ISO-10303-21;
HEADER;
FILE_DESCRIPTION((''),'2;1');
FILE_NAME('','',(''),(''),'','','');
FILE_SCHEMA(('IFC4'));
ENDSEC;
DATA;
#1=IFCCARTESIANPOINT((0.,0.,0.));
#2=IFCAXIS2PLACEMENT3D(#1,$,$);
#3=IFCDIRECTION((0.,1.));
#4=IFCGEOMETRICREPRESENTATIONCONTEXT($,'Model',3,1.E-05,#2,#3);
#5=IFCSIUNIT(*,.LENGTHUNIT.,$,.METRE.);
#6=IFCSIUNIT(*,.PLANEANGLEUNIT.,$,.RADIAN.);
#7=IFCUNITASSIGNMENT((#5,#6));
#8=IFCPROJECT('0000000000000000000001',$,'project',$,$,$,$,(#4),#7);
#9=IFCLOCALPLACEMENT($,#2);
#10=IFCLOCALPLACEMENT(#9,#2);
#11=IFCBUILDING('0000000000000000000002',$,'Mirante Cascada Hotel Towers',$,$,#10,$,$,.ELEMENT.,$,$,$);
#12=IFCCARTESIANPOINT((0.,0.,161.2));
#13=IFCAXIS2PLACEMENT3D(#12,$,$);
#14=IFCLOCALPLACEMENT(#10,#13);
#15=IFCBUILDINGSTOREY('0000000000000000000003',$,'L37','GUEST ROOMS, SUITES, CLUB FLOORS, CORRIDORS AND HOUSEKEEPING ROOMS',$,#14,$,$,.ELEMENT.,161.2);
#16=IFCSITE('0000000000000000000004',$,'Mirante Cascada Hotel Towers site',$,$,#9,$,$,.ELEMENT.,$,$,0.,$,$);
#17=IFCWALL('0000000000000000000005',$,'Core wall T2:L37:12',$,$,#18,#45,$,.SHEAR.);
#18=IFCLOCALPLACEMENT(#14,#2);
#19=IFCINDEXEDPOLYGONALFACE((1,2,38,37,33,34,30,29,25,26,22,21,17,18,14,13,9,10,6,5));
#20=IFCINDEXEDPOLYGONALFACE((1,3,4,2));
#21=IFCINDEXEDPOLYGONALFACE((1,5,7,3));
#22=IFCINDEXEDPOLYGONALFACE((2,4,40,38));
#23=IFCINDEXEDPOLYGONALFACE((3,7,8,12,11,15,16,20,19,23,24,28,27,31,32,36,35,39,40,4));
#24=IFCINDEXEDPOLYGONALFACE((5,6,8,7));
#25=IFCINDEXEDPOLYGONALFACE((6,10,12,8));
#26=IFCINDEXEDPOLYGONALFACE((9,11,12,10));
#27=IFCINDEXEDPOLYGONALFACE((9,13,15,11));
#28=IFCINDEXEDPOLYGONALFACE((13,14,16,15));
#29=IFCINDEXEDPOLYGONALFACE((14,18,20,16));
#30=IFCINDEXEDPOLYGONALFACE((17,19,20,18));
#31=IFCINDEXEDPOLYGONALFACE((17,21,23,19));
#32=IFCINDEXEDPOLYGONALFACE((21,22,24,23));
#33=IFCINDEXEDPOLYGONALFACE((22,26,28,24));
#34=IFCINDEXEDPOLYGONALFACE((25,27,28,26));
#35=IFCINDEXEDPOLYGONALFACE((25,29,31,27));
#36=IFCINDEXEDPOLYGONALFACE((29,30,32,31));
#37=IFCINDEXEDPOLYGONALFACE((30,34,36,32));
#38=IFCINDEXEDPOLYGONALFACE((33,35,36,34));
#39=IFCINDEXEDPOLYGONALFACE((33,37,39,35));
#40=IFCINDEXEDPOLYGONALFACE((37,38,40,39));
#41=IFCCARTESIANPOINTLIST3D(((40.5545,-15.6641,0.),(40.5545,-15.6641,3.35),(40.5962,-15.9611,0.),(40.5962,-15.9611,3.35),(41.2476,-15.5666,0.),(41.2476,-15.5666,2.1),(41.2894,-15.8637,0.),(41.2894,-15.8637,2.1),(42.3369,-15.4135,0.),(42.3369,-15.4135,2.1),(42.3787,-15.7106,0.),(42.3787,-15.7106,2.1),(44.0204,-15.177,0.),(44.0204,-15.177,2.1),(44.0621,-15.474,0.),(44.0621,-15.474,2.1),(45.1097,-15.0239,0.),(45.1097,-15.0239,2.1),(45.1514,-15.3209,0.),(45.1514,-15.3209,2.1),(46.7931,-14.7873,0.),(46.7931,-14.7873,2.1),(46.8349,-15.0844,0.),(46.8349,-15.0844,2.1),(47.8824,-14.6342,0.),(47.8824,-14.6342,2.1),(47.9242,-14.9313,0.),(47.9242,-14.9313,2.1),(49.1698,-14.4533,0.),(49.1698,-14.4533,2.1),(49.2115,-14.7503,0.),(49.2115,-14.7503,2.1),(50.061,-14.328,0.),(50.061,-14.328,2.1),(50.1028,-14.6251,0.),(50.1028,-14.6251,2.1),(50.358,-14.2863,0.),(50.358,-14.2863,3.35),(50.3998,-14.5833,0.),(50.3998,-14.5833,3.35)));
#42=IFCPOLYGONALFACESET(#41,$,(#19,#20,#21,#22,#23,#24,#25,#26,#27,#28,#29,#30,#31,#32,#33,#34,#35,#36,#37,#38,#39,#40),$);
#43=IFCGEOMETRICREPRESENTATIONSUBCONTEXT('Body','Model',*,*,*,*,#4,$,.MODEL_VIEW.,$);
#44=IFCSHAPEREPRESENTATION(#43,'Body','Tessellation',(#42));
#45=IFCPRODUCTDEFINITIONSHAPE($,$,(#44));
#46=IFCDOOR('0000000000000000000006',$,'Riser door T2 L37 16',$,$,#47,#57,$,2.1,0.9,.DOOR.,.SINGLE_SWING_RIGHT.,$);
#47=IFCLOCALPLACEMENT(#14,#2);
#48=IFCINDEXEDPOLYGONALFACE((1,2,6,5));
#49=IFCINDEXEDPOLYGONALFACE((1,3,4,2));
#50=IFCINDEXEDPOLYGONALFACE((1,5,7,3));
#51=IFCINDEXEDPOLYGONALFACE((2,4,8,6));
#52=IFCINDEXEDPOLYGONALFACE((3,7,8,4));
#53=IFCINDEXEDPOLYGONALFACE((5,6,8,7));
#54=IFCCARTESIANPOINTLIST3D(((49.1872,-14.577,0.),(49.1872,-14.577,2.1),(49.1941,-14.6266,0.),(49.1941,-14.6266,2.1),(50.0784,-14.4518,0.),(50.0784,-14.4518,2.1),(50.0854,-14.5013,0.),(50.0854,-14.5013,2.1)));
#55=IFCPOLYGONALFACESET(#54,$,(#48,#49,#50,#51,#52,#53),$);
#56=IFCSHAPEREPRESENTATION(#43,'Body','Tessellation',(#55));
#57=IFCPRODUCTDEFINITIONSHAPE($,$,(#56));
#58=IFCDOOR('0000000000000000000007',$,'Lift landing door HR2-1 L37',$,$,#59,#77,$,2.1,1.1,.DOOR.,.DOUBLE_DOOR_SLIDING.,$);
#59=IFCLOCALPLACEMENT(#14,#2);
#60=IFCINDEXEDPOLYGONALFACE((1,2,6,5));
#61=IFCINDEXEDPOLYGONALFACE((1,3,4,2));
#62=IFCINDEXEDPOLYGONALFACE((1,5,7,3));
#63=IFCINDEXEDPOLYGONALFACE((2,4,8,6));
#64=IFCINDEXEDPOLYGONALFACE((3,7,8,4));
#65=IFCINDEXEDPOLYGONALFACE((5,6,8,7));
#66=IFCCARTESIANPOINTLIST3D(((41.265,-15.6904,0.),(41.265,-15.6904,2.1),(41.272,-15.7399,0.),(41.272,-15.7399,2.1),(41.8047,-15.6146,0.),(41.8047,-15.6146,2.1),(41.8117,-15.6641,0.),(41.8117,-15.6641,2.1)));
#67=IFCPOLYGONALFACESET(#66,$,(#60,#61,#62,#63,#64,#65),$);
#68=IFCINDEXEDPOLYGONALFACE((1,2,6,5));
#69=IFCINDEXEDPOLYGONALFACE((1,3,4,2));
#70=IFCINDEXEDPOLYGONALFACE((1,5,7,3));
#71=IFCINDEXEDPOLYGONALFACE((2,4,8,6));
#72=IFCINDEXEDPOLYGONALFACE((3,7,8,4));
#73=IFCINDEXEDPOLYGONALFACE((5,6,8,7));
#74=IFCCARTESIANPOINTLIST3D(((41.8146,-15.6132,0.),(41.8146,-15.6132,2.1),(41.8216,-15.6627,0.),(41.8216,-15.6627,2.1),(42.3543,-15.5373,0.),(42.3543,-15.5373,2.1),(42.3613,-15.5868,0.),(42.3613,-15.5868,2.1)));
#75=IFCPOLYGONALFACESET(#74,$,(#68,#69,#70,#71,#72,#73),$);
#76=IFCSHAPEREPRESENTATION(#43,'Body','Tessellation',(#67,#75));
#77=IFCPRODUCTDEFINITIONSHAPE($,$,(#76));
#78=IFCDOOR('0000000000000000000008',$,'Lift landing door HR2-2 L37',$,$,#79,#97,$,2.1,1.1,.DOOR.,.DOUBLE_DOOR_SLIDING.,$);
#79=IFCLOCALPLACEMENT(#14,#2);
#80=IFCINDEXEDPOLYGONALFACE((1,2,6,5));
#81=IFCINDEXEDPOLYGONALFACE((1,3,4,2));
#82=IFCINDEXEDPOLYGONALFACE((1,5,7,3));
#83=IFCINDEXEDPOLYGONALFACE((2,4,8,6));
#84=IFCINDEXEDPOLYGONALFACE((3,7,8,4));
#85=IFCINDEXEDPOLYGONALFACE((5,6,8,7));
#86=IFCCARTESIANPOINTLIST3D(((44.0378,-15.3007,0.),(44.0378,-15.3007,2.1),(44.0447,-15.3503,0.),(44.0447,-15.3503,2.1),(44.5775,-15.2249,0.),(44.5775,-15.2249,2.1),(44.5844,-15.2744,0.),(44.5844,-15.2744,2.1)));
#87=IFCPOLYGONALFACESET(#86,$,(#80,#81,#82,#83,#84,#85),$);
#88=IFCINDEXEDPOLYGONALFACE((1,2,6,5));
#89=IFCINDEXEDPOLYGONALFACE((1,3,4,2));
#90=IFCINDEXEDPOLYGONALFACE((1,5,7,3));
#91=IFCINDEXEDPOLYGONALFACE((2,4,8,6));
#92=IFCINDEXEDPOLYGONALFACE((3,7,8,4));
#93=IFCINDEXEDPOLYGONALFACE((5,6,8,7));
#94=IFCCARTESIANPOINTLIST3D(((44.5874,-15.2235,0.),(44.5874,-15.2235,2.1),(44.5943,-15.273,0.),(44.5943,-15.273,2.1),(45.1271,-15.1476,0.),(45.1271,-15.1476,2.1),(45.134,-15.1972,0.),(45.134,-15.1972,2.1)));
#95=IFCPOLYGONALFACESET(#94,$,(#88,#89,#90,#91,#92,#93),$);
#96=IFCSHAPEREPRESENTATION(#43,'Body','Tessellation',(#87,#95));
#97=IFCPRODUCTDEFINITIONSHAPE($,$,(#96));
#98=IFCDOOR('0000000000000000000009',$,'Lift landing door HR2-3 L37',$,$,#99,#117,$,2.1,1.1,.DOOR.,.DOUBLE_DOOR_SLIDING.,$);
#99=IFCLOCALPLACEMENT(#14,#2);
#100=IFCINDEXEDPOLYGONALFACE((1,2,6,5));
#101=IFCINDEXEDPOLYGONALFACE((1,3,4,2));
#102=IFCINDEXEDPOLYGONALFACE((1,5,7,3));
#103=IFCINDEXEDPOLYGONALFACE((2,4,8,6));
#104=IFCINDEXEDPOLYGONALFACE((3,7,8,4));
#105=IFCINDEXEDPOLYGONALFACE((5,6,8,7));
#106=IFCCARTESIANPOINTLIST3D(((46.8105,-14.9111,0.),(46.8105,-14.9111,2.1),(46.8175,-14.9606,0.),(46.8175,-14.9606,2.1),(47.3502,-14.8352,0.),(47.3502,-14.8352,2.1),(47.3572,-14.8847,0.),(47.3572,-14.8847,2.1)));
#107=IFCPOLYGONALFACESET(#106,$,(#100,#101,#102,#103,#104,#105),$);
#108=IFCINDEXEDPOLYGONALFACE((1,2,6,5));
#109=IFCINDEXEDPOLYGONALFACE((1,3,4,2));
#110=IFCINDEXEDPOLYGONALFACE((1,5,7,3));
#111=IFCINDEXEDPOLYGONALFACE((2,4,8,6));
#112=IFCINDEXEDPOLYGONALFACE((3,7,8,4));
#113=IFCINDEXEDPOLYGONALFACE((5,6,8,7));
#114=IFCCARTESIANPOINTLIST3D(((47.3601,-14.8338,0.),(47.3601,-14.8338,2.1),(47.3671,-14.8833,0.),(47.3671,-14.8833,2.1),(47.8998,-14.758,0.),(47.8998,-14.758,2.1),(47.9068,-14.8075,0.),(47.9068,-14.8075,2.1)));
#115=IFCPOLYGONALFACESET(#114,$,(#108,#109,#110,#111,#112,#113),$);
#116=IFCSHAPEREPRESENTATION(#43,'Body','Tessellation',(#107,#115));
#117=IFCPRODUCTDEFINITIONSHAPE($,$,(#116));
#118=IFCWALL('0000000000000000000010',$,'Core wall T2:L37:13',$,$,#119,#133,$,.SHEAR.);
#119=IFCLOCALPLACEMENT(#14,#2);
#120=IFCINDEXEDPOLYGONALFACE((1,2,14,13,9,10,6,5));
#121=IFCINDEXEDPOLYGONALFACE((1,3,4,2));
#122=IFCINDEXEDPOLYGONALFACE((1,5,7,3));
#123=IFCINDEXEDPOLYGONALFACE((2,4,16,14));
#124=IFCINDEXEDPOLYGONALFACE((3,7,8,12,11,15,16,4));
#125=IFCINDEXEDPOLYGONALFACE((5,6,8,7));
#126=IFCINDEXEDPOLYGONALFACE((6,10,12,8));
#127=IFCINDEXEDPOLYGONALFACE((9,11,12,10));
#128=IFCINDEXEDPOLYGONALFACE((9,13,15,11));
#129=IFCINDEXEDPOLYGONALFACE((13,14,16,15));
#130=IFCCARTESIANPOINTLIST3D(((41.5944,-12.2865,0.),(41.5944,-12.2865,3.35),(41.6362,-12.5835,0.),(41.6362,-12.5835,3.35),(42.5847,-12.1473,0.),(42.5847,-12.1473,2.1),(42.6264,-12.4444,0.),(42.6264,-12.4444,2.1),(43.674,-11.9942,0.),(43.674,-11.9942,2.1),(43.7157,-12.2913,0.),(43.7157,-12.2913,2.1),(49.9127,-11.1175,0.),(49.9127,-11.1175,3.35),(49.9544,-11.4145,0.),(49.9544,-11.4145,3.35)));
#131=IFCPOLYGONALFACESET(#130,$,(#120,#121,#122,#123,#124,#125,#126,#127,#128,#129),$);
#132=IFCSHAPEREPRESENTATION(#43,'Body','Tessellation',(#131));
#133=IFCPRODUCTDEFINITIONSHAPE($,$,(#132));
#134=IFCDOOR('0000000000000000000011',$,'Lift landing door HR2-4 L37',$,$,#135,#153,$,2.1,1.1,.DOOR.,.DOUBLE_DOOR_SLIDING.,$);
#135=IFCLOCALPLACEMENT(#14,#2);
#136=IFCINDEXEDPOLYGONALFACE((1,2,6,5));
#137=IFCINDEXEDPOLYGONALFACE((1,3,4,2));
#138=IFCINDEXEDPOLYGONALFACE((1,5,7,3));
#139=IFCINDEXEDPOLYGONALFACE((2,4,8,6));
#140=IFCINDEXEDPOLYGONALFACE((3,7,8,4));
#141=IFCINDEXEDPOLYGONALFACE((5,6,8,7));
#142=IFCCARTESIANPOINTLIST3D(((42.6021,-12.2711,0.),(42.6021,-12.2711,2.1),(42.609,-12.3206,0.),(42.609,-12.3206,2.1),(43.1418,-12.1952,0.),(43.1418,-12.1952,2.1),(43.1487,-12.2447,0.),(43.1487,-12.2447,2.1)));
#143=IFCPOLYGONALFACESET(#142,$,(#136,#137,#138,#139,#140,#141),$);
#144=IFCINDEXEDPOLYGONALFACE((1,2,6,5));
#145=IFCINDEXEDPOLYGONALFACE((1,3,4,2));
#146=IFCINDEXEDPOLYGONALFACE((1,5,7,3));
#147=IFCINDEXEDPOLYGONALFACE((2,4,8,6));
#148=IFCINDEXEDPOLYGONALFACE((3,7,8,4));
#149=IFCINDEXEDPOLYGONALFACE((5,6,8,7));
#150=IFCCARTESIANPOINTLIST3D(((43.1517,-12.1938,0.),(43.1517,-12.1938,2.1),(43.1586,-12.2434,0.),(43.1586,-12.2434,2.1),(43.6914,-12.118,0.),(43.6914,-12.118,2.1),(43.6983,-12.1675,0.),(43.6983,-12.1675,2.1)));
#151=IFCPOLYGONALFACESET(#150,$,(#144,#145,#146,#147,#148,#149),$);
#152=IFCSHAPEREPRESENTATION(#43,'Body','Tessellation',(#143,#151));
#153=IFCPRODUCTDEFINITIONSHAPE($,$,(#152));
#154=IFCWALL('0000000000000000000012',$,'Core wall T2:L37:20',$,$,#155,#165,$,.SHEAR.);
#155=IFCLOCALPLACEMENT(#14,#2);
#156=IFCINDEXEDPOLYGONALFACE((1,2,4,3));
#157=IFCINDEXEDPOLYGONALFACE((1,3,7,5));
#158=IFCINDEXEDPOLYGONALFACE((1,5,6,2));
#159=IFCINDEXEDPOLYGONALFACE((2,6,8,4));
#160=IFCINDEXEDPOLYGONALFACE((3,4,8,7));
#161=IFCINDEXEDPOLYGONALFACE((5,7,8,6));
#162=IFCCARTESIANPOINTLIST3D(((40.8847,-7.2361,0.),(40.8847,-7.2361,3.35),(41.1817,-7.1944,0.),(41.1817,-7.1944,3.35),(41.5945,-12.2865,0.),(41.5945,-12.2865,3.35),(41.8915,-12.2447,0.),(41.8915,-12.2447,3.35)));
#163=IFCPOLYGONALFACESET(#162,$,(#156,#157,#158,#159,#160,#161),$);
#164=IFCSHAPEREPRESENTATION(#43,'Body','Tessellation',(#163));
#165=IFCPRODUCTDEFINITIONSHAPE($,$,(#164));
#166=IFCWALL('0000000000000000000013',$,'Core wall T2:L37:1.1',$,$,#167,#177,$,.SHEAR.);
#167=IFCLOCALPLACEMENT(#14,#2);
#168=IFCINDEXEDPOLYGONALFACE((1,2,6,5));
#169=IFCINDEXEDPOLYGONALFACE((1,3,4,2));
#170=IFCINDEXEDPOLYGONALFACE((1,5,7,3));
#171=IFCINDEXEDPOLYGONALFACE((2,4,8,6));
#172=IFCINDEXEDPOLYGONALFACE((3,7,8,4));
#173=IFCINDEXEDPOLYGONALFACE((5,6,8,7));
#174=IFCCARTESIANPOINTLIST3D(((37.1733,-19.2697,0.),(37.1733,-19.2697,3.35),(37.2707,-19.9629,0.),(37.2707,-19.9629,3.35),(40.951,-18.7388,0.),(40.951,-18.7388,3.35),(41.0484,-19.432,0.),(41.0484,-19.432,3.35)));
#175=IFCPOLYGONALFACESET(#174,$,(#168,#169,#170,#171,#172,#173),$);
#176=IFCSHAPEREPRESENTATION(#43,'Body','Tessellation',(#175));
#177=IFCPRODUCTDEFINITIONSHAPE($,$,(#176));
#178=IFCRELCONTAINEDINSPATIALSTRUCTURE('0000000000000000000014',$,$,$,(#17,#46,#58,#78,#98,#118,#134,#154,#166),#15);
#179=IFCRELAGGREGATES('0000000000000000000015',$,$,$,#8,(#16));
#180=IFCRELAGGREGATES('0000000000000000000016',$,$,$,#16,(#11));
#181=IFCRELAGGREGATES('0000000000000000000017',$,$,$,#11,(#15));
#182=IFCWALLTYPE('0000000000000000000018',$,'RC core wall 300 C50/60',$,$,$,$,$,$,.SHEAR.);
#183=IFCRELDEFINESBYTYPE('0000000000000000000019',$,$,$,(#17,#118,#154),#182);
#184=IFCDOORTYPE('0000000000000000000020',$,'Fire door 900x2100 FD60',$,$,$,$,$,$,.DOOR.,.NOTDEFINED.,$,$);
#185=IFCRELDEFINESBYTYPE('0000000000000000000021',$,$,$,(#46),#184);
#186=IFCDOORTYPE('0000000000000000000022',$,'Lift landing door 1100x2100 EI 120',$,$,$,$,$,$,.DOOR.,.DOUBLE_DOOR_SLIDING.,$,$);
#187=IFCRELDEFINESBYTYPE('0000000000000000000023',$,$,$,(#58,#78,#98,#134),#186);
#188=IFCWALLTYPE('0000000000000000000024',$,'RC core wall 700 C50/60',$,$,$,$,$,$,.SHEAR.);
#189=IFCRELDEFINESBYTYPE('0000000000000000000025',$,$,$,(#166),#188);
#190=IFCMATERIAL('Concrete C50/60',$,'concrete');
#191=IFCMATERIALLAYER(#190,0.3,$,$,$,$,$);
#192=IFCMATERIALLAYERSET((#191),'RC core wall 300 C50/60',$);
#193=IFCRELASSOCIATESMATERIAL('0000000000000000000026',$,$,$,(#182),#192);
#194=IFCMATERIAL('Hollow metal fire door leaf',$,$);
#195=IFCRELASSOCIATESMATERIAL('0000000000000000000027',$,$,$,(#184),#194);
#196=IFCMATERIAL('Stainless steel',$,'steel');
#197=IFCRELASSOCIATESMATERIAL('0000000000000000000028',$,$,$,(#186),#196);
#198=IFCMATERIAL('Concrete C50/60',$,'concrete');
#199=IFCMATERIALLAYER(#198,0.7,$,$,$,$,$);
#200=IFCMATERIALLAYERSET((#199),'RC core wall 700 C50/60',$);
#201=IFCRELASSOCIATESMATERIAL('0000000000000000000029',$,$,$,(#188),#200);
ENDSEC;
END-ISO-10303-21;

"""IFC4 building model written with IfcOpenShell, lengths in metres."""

from ifc_helpers import new_model, si_unit, direction, frame, frame_2d, origin, place, context, subcontext, project, spatial, rectangle, extrude, material, layer, layer_set, type_object, element, fill, save


model = new_model("IFC4")

# Units and contexts
model_context = context("Model", 3, precision=1e-05, world=origin(), true_north=direction((0.0, 1.0)))
body_context = subcontext(model_context, "Body", "Model", "MODEL_VIEW")
ifc_project = project(units=[si_unit("LENGTHUNIT", "METRE"), si_unit("PLANEANGLEUNIT", "RADIAN")], contexts=[model_context])

# Site, building, storey
site_placement = place(None, origin())
site = spatial("IfcSite", under=ifc_project, at=site_placement, Name="Mirante Cascada Hotel Towers site", CompositionType="ELEMENT", RefElevation=0.0)
building_placement = place(site_placement, origin())
building = spatial("IfcBuilding", under=site, at=building_placement, Name="Mirante Cascada Hotel Towers", CompositionType="ELEMENT")
storey_placement = place(building_placement, frame((0.0, 0.0, 161.2)))
storey = spatial("IfcBuildingStorey", under=building, at=storey_placement, Name="L37", Description="GUEST ROOMS, SUITES, CLUB FLOORS, CORRIDORS AND HOUSEKEEPING ROOMS", CompositionType="ELEMENT", Elevation=161.2)

# Shared definitions
ifc_material_1 = material(Name="Concrete C50/60", Category="concrete")
ifc_layer_1 = layer(ifc_material_1, 0.3)
ifc_layer_set_1 = layer_set([ifc_layer_1], Name="RC core wall 300 C50/60")
wall_type_1 = type_object("IfcWallType", Name="RC core wall 300 C50/60", PredefinedType="SHEAR", material=ifc_layer_set_1)

# Wall, openings, doors
wall_1_placement = place(storey_placement, frame((40.5753, -15.8126, 0.0), z_axis=(0.0, 0.0, 1.0), x_axis=(0.990268, 0.139173, 0.0)))
wall_1 = element("IfcWall", 1, at=wall_1_placement, inside=storey, type_object=wall_type_1, Name="Core wall T2:L37:12", PredefinedType="SHEAR", context=body_context, shape_type="SweptSolid", body=[
    extrude(rectangle(XDim=9.8999, YDim=0.3, at=frame_2d((4.95, 0.0))), origin(), (0.0, 0.0, 1.0), 3.35),
])
opening_1_placement = place(wall_1_placement, frame((0.7, 0.0, 0.0)))
opening_1 = element("IfcOpeningElement", 2, at=opening_1_placement, cuts=wall_1, PredefinedType="OPENING", context=body_context, shape_type="SweptSolid", body=[
    extrude(rectangle(XDim=1.1, YDim=2.1, at=frame_2d((0.55, 1.05))), frame((0.0, 0.15, 0.0), z_axis=(0.0, -1.0, 0.0), x_axis=(1.0, 0.0, 0.0)), (0.0, 0.0, 1.0), 0.3),
])
opening_2_placement = place(wall_1_placement, frame((3.5, 0.0, 0.0)))
opening_2 = element("IfcOpeningElement", 3, at=opening_2_placement, cuts=wall_1, PredefinedType="OPENING", context=body_context, shape_type="SweptSolid", body=[
    extrude(rectangle(XDim=1.1, YDim=2.1, at=frame_2d((0.55, 1.05))), frame((0.0, 0.15, 0.0), z_axis=(0.0, -1.0, 0.0), x_axis=(1.0, 0.0, 0.0)), (0.0, 0.0, 1.0), 0.3),
])
opening_3_placement = place(wall_1_placement, frame((6.3, 0.0, 0.0)))
opening_3 = element("IfcOpeningElement", 4, at=opening_3_placement, cuts=wall_1, PredefinedType="OPENING", context=body_context, shape_type="SweptSolid", body=[
    extrude(rectangle(XDim=1.1, YDim=2.1, at=frame_2d((0.55, 1.05))), frame((0.0, 0.15, 0.0), z_axis=(0.0, -1.0, 0.0), x_axis=(1.0, 0.0, 0.0)), (0.0, 0.0, 1.0), 0.3),
])
opening_4_placement = place(wall_1_placement, frame((8.7, 0.0, 0.0)))
opening_4 = element("IfcOpeningElement", 5, at=opening_4_placement, cuts=wall_1, PredefinedType="OPENING", context=body_context, shape_type="SweptSolid", body=[
    extrude(rectangle(XDim=0.9, YDim=2.1, at=frame_2d((0.45, 1.05))), frame((0.0, 0.15, 0.0), z_axis=(0.0, -1.0, 0.0), x_axis=(1.0, 0.0, 0.0)), (0.0, 0.0, 1.0), 0.3),
])
ifc_material_2 = material(Name="Hollow metal fire door leaf")
door_type_1 = type_object("IfcDoorType", Name="Fire door 900x2100 FD60", OperationType="NOTDEFINED", PredefinedType="DOOR", material=ifc_material_2)
door_1_placement = place(opening_4_placement, frame((0.9, 0.0, 0.0), z_axis=(0.0, 0.0, 1.0), x_axis=(-1.0, 0.0, 0.0)))
door_1 = element("IfcDoor", 6, at=door_1_placement, inside=storey, type_object=door_type_1, Name="Riser door T2 L37 16", OperationType="SINGLE_SWING_RIGHT", OverallHeight=2.1, OverallWidth=0.9, PredefinedType="DOOR", context=body_context, shape_type="SweptSolid", body=[
    extrude(rectangle(XDim=0.9, YDim=2.1, at=frame_2d((0.45, 1.05))), frame((0.0, 0.025, 0.0), z_axis=(0.0, -1.0, 0.0), x_axis=(1.0, 0.0, 0.0)), (0.0, 0.0, 1.0), 0.05),
])
fill(opening_4, door_1)
ifc_material_3 = material(Name="Stainless steel", Category="steel")
door_type_2 = type_object("IfcDoorType", Name="Lift landing door 1100x2100 EI 120", OperationType="DOUBLE_DOOR_SLIDING", PredefinedType="DOOR", material=ifc_material_3)
door_2_placement = place(opening_1_placement, origin())
door_2 = element("IfcDoor", 7, at=door_2_placement, inside=storey, type_object=door_type_2, Name="Lift landing door HR2-1 L37", OperationType="DOUBLE_DOOR_SLIDING", OverallHeight=2.1, OverallWidth=1.1, PredefinedType="DOOR", context=body_context, shape_type="SweptSolid", body=[
    extrude(rectangle(XDim=0.545, YDim=2.1, at=frame_2d((0.2725, 1.05))), frame((0.0, 0.025, 0.0), z_axis=(0.0, -1.0, 0.0), x_axis=(1.0, 0.0, 0.0)), (0.0, 0.0, 1.0), 0.05),
    extrude(rectangle(XDim=0.545, YDim=2.1, at=frame_2d((0.8275, 1.05))), frame((0.0, 0.025, 0.0), z_axis=(0.0, -1.0, 0.0), x_axis=(1.0, 0.0, 0.0)), (0.0, 0.0, 1.0), 0.05),
])
fill(opening_1, door_2)
door_3_placement = place(opening_2_placement, origin())
door_3 = element("IfcDoor", 8, at=door_3_placement, inside=storey, type_object=door_type_2, Name="Lift landing door HR2-2 L37", OperationType="DOUBLE_DOOR_SLIDING", OverallHeight=2.1, OverallWidth=1.1, PredefinedType="DOOR", context=body_context, shape_type="SweptSolid", body=[
    extrude(rectangle(XDim=0.545, YDim=2.1, at=frame_2d((0.2725, 1.05))), frame((0.0, 0.025, 0.0), z_axis=(0.0, -1.0, 0.0), x_axis=(1.0, 0.0, 0.0)), (0.0, 0.0, 1.0), 0.05),
    extrude(rectangle(XDim=0.545, YDim=2.1, at=frame_2d((0.8275, 1.05))), frame((0.0, 0.025, 0.0), z_axis=(0.0, -1.0, 0.0), x_axis=(1.0, 0.0, 0.0)), (0.0, 0.0, 1.0), 0.05),
])
fill(opening_2, door_3)
door_4_placement = place(opening_3_placement, origin())
door_4 = element("IfcDoor", 9, at=door_4_placement, inside=storey, type_object=door_type_2, Name="Lift landing door HR2-3 L37", OperationType="DOUBLE_DOOR_SLIDING", OverallHeight=2.1, OverallWidth=1.1, PredefinedType="DOOR", context=body_context, shape_type="SweptSolid", body=[
    extrude(rectangle(XDim=0.545, YDim=2.1, at=frame_2d((0.2725, 1.05))), frame((0.0, 0.025, 0.0), z_axis=(0.0, -1.0, 0.0), x_axis=(1.0, 0.0, 0.0)), (0.0, 0.0, 1.0), 0.05),
    extrude(rectangle(XDim=0.545, YDim=2.1, at=frame_2d((0.8275, 1.05))), frame((0.0, 0.025, 0.0), z_axis=(0.0, -1.0, 0.0), x_axis=(1.0, 0.0, 0.0)), (0.0, 0.0, 1.0), 0.05),
])
fill(opening_3, door_4)

# Wall, opening, door
wall_2_placement = place(storey_placement, frame((41.6153, -12.435, 0.0), z_axis=(0.0, 0.0, 1.0), x_axis=(0.990269, 0.139166, 0.0)))
wall_2 = element("IfcWall", 10, at=wall_2_placement, inside=storey, type_object=wall_type_1, Name="Core wall T2:L37:13", PredefinedType="SHEAR", context=body_context, shape_type="SweptSolid", body=[
    extrude(rectangle(XDim=8.4, YDim=0.3, at=frame_2d((4.2, 0.0))), origin(), (0.0, 0.0, 1.0), 3.35),
])
opening_5_placement = place(wall_2_placement, frame((1.0, 0.0, 0.0)))
opening_5 = element("IfcOpeningElement", 11, at=opening_5_placement, cuts=wall_2, PredefinedType="OPENING", context=body_context, shape_type="SweptSolid", body=[
    extrude(rectangle(XDim=1.1, YDim=2.1, at=frame_2d((0.55, 1.05))), frame((0.0, 0.15, 0.0), z_axis=(0.0, -1.0, 0.0), x_axis=(1.0, 0.0, 0.0)), (0.0, 0.0, 1.0), 0.3),
])
door_5_placement = place(opening_5_placement, origin())
door_5 = element("IfcDoor", 12, at=door_5_placement, inside=storey, type_object=door_type_2, Name="Lift landing door HR2-4 L37", OperationType="DOUBLE_DOOR_SLIDING", OverallHeight=2.1, OverallWidth=1.1, PredefinedType="DOOR", context=body_context, shape_type="SweptSolid", body=[
    extrude(rectangle(XDim=0.545, YDim=2.1, at=frame_2d((0.2725, 1.05))), frame((0.0, 0.025, 0.0), z_axis=(0.0, -1.0, 0.0), x_axis=(1.0, 0.0, 0.0)), (0.0, 0.0, 1.0), 0.05),
    extrude(rectangle(XDim=0.545, YDim=2.1, at=frame_2d((0.8275, 1.05))), frame((0.0, 0.025, 0.0), z_axis=(0.0, -1.0, 0.0), x_axis=(1.0, 0.0, 0.0)), (0.0, 0.0, 1.0), 0.05),
])
fill(opening_5, door_5)

# Walls
wall_3_placement = place(storey_placement, frame((41.743, -12.2656, 0.0), z_axis=(0.0, 0.0, 1.0), x_axis=(-0.139176, 0.990268, 0.0)))
element("IfcWall", 13, at=wall_3_placement, inside=storey, type_object=wall_type_1, Name="Core wall T2:L37:20", PredefinedType="SHEAR", context=body_context, shape_type="SweptSolid", body=[
    extrude(rectangle(XDim=5.1, YDim=0.3, at=frame_2d((2.55, 0.0))), origin(), (0.0, 0.0, 1.0), 3.35),
])
ifc_material_4 = material(Name="Concrete C50/60", Category="concrete")
ifc_layer_2 = layer(ifc_material_4, 0.7)
ifc_layer_set_2 = layer_set([ifc_layer_2], Name="RC core wall 700 C50/60")
wall_type_2 = type_object("IfcWallType", Name="RC core wall 700 C50/60", PredefinedType="SHEAR", material=ifc_layer_set_2)
wall_4_placement = place(storey_placement, frame((37.222, -19.6163, 0.0), z_axis=(0.0, 0.0, 1.0), x_axis=(0.990269, 0.139168, 0.0)))
element("IfcWall", 14, at=wall_4_placement, inside=storey, type_object=wall_type_2, Name="Core wall T2:L37:1.1", PredefinedType="SHEAR", context=body_context, shape_type="SweptSolid", body=[
    extrude(rectangle(XDim=3.8148, YDim=0.7, at=frame_2d((1.9074, 0.0))), origin(), (0.0, 0.0, 1.0), 3.35),
])

save(model, "model.ifc")
